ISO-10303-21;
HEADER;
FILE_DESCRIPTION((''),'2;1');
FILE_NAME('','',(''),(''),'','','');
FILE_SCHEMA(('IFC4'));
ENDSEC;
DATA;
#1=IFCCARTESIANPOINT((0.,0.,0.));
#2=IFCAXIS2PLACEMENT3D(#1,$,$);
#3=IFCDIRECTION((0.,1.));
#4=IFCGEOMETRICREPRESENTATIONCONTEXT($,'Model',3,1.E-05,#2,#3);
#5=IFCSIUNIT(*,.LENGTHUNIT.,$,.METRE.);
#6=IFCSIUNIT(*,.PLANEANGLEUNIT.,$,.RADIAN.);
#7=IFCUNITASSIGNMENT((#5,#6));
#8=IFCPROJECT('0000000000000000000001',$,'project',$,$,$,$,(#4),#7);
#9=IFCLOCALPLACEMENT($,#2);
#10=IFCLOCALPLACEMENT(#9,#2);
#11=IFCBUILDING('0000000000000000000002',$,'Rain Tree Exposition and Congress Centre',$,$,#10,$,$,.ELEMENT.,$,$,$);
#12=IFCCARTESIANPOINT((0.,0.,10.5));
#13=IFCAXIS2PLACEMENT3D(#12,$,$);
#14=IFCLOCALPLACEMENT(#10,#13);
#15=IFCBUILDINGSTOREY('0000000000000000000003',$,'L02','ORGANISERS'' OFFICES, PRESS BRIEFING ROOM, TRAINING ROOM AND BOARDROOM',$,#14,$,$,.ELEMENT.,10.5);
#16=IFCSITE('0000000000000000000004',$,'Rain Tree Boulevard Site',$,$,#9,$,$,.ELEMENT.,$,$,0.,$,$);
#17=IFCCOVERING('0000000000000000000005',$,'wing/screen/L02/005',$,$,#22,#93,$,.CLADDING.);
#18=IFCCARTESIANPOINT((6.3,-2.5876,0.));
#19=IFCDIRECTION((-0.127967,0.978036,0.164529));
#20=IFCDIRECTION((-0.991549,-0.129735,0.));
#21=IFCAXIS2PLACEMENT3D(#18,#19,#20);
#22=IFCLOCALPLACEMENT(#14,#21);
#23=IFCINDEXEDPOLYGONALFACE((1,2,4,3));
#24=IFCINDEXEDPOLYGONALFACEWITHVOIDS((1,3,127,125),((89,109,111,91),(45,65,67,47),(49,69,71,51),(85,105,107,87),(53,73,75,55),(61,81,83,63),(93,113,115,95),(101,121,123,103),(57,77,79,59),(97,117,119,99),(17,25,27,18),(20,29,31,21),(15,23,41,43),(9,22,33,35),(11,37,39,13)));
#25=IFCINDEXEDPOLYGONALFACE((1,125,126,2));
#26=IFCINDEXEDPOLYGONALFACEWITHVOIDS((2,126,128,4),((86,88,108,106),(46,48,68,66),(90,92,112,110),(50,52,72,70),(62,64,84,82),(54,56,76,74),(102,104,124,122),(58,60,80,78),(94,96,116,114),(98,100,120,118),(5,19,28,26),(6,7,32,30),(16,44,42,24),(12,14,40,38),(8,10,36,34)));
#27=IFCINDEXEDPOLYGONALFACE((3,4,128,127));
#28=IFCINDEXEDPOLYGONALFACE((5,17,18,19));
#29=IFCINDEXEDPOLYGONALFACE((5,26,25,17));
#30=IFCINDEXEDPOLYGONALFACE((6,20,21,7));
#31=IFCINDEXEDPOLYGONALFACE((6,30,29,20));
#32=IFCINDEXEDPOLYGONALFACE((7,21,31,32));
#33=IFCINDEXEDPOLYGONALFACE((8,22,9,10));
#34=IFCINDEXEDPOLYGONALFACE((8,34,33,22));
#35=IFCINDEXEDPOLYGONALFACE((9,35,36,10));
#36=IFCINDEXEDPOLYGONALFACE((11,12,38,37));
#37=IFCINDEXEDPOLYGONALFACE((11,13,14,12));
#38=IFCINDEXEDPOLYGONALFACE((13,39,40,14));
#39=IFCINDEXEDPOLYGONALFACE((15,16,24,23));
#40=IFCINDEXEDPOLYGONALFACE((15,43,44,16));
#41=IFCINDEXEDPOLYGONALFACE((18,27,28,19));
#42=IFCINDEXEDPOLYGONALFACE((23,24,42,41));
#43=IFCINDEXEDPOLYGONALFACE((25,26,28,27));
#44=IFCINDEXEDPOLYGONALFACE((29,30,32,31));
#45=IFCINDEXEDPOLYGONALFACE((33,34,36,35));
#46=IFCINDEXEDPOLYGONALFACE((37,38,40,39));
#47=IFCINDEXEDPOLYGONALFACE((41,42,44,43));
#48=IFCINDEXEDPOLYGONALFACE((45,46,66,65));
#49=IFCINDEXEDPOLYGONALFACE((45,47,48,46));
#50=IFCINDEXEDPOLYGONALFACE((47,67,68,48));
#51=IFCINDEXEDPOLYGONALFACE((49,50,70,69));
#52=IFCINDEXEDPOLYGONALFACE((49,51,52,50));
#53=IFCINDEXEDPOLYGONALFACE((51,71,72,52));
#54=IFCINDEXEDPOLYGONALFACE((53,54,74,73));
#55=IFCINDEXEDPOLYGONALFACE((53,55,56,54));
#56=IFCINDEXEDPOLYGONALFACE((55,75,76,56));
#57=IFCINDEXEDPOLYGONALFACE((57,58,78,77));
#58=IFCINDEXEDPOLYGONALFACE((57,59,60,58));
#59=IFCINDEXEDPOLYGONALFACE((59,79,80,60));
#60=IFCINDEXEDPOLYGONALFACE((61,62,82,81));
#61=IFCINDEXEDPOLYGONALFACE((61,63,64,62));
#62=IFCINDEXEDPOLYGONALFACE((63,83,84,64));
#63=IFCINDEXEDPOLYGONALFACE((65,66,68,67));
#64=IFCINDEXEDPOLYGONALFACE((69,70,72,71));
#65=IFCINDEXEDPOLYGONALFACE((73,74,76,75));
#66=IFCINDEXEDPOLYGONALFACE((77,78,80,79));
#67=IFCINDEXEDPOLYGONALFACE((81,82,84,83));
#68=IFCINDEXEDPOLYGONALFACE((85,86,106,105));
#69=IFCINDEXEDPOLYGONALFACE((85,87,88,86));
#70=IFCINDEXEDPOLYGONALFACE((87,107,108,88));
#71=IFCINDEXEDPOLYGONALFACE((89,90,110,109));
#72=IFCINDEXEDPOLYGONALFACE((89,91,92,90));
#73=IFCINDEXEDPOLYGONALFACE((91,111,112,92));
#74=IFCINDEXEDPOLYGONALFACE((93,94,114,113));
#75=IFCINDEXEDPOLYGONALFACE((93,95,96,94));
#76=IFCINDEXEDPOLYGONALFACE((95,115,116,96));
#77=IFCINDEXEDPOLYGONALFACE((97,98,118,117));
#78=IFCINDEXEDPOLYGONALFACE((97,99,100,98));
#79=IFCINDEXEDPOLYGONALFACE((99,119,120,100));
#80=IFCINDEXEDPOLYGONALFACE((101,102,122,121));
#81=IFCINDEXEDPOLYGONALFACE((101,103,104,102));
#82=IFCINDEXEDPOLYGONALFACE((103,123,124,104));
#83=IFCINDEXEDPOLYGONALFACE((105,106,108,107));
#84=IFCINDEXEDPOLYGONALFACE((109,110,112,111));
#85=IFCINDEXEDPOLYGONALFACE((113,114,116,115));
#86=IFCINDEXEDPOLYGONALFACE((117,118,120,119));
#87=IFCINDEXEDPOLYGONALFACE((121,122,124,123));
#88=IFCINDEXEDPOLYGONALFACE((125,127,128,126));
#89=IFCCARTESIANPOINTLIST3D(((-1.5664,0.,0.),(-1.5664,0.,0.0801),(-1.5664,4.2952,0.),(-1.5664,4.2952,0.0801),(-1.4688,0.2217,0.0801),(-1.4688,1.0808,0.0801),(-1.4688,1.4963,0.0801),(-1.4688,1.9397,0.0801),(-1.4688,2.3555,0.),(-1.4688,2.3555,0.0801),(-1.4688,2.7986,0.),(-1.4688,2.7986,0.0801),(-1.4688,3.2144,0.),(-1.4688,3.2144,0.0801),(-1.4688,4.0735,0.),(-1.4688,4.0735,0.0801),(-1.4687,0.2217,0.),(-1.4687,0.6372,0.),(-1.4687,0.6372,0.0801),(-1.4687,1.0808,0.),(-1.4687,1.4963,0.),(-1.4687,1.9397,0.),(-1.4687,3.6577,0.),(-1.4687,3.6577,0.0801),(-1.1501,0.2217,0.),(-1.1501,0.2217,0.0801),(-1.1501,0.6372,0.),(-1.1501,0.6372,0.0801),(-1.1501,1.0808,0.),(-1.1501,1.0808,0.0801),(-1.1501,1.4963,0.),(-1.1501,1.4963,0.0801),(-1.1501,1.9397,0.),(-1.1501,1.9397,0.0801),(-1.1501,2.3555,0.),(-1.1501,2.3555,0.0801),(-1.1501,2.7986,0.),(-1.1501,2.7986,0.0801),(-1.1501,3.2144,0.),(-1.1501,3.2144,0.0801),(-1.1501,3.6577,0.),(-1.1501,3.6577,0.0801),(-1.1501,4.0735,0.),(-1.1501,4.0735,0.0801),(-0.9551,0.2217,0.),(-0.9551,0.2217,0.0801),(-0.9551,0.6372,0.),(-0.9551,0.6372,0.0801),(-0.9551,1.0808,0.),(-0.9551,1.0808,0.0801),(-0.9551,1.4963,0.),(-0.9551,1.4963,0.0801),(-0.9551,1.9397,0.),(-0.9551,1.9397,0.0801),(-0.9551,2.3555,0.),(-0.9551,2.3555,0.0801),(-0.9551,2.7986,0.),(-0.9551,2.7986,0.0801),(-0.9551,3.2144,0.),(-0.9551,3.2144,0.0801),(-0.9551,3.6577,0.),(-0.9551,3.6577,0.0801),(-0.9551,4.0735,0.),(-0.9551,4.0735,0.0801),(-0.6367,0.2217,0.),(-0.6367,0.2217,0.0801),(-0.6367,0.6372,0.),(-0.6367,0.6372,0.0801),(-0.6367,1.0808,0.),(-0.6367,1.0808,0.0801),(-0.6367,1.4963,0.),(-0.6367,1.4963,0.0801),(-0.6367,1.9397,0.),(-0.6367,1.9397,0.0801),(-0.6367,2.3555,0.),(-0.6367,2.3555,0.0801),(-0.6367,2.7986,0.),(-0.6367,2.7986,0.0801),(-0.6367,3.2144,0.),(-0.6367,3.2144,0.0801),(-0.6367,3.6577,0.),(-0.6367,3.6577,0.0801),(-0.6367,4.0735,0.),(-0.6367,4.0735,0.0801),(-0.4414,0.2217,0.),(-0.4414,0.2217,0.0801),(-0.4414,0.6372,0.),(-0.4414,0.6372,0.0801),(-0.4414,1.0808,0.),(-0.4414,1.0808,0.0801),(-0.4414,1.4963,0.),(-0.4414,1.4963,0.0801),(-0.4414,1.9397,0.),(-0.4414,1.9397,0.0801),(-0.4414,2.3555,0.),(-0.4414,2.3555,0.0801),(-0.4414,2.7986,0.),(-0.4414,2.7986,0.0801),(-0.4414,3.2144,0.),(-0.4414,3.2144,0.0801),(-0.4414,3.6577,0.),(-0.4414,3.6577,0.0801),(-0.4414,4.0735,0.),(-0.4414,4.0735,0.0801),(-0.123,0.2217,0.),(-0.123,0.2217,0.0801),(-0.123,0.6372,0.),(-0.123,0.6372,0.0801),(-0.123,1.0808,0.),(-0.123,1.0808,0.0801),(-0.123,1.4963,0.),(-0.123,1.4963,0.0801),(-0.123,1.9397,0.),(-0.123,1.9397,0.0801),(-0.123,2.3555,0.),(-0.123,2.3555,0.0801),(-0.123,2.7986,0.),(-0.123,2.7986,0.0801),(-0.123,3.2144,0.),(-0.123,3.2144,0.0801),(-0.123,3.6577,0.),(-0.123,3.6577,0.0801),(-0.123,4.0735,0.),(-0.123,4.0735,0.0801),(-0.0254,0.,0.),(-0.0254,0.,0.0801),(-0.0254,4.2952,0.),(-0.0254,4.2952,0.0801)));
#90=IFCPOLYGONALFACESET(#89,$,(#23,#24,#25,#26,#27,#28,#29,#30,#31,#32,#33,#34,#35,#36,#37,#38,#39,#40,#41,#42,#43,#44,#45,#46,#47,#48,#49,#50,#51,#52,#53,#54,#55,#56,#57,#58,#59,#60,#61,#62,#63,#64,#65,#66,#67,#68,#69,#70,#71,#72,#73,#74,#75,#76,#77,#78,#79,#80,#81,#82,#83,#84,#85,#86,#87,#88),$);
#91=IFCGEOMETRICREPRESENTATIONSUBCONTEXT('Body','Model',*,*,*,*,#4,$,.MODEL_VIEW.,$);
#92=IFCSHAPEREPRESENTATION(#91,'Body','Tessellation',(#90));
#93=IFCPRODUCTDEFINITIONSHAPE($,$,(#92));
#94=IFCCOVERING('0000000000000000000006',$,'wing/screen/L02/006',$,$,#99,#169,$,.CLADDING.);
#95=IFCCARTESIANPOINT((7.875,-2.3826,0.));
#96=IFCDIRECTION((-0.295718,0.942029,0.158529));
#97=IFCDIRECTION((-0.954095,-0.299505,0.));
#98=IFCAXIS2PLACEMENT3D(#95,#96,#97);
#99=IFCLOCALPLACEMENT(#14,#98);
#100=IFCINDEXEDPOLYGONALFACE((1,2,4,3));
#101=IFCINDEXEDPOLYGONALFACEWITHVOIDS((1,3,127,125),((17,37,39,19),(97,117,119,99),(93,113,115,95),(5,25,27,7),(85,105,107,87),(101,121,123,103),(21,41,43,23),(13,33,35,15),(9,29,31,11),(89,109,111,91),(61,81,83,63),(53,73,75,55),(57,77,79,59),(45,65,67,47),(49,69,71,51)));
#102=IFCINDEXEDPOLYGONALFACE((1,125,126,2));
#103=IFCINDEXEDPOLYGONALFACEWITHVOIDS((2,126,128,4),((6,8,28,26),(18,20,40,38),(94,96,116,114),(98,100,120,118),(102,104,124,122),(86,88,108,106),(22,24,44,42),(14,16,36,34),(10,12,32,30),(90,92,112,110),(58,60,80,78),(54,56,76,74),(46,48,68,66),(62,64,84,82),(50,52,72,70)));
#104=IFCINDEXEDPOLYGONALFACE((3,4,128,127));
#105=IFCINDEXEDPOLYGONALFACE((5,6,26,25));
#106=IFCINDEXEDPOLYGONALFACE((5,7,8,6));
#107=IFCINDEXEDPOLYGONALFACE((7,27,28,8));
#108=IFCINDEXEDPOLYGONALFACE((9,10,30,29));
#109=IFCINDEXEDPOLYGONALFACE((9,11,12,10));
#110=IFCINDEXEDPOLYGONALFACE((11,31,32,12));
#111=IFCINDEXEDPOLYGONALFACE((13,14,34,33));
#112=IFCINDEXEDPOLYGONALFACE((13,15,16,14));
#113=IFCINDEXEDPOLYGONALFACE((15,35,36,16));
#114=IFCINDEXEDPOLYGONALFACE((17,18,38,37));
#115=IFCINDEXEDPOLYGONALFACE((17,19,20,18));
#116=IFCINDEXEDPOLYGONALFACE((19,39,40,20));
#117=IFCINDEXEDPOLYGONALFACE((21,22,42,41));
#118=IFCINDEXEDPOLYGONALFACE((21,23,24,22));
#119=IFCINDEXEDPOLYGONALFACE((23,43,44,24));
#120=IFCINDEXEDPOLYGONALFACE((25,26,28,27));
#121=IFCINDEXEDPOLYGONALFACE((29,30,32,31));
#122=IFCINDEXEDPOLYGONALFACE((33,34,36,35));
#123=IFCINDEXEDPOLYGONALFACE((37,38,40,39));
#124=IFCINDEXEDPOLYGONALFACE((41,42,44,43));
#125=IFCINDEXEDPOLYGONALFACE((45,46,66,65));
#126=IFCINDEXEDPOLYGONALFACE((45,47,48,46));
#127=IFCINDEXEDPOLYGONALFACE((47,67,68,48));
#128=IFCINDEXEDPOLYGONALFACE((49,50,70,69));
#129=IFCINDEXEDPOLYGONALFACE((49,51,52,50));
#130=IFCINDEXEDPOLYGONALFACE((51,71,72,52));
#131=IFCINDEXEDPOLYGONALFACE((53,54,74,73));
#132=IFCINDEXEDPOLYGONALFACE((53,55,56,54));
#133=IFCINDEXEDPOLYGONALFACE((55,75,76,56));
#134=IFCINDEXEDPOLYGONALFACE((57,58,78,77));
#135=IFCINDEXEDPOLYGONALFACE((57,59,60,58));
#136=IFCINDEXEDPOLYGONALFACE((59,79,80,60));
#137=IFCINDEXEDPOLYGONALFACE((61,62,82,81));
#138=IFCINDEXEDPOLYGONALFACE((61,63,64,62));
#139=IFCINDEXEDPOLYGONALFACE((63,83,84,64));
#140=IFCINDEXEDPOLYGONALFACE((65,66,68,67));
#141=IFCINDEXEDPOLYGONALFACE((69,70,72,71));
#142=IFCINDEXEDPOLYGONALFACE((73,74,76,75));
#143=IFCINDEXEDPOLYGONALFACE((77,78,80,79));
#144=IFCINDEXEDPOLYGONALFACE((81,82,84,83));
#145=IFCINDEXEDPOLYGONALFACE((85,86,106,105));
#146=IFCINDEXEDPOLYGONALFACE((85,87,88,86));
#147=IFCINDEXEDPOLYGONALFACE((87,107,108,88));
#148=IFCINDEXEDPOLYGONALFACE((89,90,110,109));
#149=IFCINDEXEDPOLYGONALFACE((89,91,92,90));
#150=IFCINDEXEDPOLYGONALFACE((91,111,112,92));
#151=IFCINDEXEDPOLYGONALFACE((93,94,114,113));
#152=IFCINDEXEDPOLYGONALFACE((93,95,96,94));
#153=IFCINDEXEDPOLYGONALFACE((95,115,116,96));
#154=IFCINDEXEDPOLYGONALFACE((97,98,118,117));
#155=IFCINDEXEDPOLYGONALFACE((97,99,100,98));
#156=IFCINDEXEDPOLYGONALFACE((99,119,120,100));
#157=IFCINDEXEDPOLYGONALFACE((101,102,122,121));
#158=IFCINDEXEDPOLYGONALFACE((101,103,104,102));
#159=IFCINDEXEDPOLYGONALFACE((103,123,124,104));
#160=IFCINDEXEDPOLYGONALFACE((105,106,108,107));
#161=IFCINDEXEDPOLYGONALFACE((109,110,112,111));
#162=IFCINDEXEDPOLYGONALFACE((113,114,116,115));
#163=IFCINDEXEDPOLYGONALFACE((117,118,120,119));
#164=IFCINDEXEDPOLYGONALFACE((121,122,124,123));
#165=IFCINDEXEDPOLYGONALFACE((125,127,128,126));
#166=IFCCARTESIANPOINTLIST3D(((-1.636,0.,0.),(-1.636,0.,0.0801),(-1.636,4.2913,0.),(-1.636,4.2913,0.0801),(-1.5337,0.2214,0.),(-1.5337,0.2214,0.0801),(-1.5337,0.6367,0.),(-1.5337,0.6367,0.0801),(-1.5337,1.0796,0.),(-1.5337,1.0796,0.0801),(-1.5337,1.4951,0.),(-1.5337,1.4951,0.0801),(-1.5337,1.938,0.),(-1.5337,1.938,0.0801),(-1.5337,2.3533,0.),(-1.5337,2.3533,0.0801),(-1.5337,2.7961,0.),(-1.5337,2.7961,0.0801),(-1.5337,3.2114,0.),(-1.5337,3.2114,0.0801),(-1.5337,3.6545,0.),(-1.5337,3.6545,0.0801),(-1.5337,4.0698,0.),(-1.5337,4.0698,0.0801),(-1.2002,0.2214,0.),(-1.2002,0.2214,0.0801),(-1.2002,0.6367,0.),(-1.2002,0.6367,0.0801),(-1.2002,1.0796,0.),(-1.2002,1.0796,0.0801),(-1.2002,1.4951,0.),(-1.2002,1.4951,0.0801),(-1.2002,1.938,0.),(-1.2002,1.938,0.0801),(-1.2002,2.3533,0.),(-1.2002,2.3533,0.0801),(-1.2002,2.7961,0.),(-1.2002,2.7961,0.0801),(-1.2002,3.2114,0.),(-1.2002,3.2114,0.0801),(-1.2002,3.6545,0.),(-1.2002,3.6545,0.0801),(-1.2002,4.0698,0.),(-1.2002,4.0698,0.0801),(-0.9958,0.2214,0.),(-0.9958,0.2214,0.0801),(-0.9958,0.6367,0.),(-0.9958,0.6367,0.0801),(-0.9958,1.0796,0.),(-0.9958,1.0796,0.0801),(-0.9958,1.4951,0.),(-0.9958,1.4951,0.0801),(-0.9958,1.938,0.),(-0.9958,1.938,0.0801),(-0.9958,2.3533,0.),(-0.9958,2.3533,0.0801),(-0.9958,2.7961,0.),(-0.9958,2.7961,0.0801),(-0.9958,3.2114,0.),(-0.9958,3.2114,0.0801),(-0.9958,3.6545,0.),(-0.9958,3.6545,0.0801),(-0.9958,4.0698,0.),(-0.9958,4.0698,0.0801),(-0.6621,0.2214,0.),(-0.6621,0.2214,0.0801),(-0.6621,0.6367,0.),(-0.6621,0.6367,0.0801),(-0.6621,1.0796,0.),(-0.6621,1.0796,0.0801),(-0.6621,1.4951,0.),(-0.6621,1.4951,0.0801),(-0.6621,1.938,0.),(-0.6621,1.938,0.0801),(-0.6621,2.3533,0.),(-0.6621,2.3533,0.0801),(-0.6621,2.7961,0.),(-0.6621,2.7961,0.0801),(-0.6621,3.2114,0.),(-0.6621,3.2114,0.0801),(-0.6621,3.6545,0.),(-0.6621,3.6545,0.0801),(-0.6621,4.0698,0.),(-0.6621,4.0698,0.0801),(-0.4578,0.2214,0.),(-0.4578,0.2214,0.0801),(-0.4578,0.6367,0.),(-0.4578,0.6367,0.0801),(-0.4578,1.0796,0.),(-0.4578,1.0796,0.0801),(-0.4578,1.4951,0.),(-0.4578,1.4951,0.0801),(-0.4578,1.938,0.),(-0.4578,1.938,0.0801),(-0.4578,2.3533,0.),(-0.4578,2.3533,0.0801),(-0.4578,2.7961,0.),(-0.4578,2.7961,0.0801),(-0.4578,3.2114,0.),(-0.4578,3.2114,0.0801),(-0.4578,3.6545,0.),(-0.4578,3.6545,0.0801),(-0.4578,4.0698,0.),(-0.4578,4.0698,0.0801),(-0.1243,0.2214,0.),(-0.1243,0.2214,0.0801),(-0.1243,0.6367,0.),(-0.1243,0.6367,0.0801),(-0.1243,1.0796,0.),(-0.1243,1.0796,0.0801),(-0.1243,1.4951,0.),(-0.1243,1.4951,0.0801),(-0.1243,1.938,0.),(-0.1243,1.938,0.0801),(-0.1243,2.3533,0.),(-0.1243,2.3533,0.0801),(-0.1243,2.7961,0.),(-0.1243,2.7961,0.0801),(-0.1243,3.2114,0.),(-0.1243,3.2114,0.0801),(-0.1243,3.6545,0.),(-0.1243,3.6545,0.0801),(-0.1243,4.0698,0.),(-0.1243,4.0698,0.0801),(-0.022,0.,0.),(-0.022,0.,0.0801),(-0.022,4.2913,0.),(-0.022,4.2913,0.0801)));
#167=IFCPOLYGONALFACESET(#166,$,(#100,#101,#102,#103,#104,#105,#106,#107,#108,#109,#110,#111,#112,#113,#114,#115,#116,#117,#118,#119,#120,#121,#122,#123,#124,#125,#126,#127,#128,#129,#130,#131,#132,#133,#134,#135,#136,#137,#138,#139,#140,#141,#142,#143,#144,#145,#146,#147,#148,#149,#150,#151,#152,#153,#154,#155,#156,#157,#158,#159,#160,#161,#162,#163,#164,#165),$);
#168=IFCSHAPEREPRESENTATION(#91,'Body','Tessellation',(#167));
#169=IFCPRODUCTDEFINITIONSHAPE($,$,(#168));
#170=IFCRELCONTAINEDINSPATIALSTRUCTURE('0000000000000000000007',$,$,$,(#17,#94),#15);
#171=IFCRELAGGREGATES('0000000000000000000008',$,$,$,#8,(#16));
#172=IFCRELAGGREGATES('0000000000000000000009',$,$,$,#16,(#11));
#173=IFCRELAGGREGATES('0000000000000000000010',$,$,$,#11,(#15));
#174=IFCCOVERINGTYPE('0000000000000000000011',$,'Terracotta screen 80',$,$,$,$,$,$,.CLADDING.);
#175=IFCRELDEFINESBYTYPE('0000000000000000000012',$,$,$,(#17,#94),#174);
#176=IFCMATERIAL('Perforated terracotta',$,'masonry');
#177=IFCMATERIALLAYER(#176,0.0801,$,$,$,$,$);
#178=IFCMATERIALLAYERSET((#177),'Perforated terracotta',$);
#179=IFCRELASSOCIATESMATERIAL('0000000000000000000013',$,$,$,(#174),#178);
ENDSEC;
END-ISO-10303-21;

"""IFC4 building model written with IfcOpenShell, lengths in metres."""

from ifc_helpers import new_model, si_unit, direction, frame, origin, place, context, subcontext, project, spatial, polyline, outline, extrude, material, layer, layer_set, type_object, element, save


model = new_model("IFC4")

# Units and contexts
model_context = context("Model", 3, precision=1e-05, world=origin(), true_north=direction((0.0, 1.0)))
body_context = subcontext(model_context, "Body", "Model", "MODEL_VIEW")
ifc_project = project(units=[si_unit("LENGTHUNIT", "METRE"), si_unit("PLANEANGLEUNIT", "RADIAN")], contexts=[model_context])

# Site, building, storey
site_placement = place(None, origin())
site = spatial("IfcSite", under=ifc_project, at=site_placement, Name="Rain Tree Boulevard Site", CompositionType="ELEMENT", RefElevation=0.0)
building_placement = place(site_placement, origin())
building = spatial("IfcBuilding", under=site, at=building_placement, Name="Rain Tree Exposition and Congress Centre", CompositionType="ELEMENT")
storey_placement = place(building_placement, frame((0.0, 0.0, 10.5)))
storey = spatial("IfcBuildingStorey", under=building, at=storey_placement, Name="L02", Description="ORGANISERS' OFFICES, PRESS BRIEFING ROOM, TRAINING ROOM AND BOARDROOM", CompositionType="ELEMENT", Elevation=10.5)

# Coverings
ifc_material_1 = material(Name="Perforated terracotta", Category="masonry")
ifc_layer_1 = layer(ifc_material_1, 0.0801)
ifc_layer_set_1 = layer_set([ifc_layer_1], Name="Perforated terracotta")
covering_type = type_object("IfcCoveringType", Name="Terracotta screen 80", PredefinedType="CLADDING", material=ifc_layer_set_1)
covering_1_placement = place(storey_placement, frame((6.3, -2.5876, 0.0), z_axis=(-0.127967, 0.978036, 0.164529), x_axis=(-0.991549, -0.129735, 0.0)))
element("IfcCovering", 1, at=covering_1_placement, inside=storey, type_object=covering_type, Name="wing/screen/L02/005", PredefinedType="CLADDING", context=body_context, shape_type="SweptSolid", body=[
    extrude(outline(polyline([(-1.5664, 0.0), (-1.5664, 4.2952), (-0.0254, 4.2952), (-0.0254, 0.0), (-1.5664, 0.0)]), holes=[polyline([(-0.123, 0.2217), (-0.123, 0.6372), (-0.4414, 0.6372), (-0.4414, 0.2217), (-0.123, 0.2217)]), polyline([(-0.123, 1.0808), (-0.123, 1.4963), (-0.4414, 1.4963), (-0.4414, 1.0808), (-0.123, 1.0808)]), polyline([(-0.123, 1.9397), (-0.123, 2.3555), (-0.4414, 2.3555), (-0.4414, 1.9397), (-0.123, 1.9397)]), polyline([(-0.123, 2.7986), (-0.123, 3.2144), (-0.4414, 3.2144), (-0.4414, 2.7986), (-0.123, 2.7986)]), polyline([(-0.123, 3.6577), (-0.123, 4.0735), (-0.4414, 4.0735), (-0.4414, 3.6577), (-0.123, 3.6577)]), polyline([(-0.6367, 0.2217), (-0.6367, 0.6372), (-0.9551, 0.6372), (-0.9551, 0.2217), (-0.6367, 0.2217)]), polyline([(-0.6367, 1.0808), (-0.6367, 1.4963), (-0.9551, 1.4963), (-0.9551, 1.0808), (-0.6367, 1.0808)]), polyline([(-0.6367, 1.9397), (-0.6367, 2.3555), (-0.9551, 2.3555), (-0.9551, 1.9397), (-0.6367, 1.9397)]), polyline([(-0.6367, 2.7986), (-0.6367, 3.2144), (-0.9551, 3.2144), (-0.9551, 2.7986), (-0.6367, 2.7986)]), polyline([(-0.6367, 3.6577), (-0.6367, 4.0735), (-0.9551, 4.0735), (-0.9551, 3.6577), (-0.6367, 3.6577)]), polyline([(-1.1501, 0.2217), (-1.1501, 0.6372), (-1.4688, 0.6372), (-1.4688, 0.2217), (-1.1501, 0.2217)]), polyline([(-1.1501, 1.0808), (-1.1501, 1.4963), (-1.4688, 1.4963), (-1.4688, 1.0808), (-1.1501, 1.0808)]), polyline([(-1.1501, 1.9397), (-1.1501, 2.3555), (-1.4688, 2.3555), (-1.4688, 1.9397), (-1.1501, 1.9397)]), polyline([(-1.1501, 2.7986), (-1.1501, 3.2144), (-1.4688, 3.2144), (-1.4688, 2.7986), (-1.1501, 2.7986)]), polyline([(-1.1501, 3.6577), (-1.1501, 4.0735), (-1.4688, 4.0735), (-1.4688, 3.6577), (-1.1501, 3.6577)])]), origin(), (0.0, 0.0, 1.0), 0.0801),
])
covering_2_placement = place(storey_placement, frame((7.875, -2.3826, 0.0), z_axis=(-0.295718, 0.942029, 0.158529), x_axis=(-0.954095, -0.299505, 0.0)))
element("IfcCovering", 2, at=covering_2_placement, inside=storey, type_object=covering_type, Name="wing/screen/L02/006", PredefinedType="CLADDING", context=body_context, shape_type="SweptSolid", body=[
    extrude(outline(polyline([(-1.636, 0.0), (-1.636, 4.2913), (-0.022, 4.2913), (-0.022, 0.0), (-1.636, 0.0)]), holes=[polyline([(-0.1243, 0.2214), (-0.1243, 0.6367), (-0.4578, 0.6367), (-0.4578, 0.2214), (-0.1243, 0.2214)]), polyline([(-0.1243, 1.0796), (-0.1243, 1.4951), (-0.4578, 1.4951), (-0.4578, 1.0796), (-0.1243, 1.0796)]), polyline([(-0.1243, 1.938), (-0.1243, 2.3533), (-0.4578, 2.3533), (-0.4578, 1.938), (-0.1243, 1.938)]), polyline([(-0.1243, 2.7961), (-0.1243, 3.2114), (-0.4578, 3.2114), (-0.4578, 2.7961), (-0.1243, 2.7961)]), polyline([(-0.1243, 3.6545), (-0.1243, 4.0698), (-0.4578, 4.0698), (-0.4578, 3.6545), (-0.1243, 3.6545)]), polyline([(-0.6621, 0.2214), (-0.6621, 0.6367), (-0.9958, 0.6367), (-0.9958, 0.2214), (-0.6621, 0.2214)]), polyline([(-0.6621, 1.0796), (-0.6621, 1.4951), (-0.9958, 1.4951), (-0.9958, 1.0796), (-0.6621, 1.0796)]), polyline([(-0.6621, 1.938), (-0.6621, 2.3533), (-0.9958, 2.3533), (-0.9958, 1.938), (-0.6621, 1.938)]), polyline([(-0.6621, 2.7961), (-0.6621, 3.2114), (-0.9958, 3.2114), (-0.9958, 2.7961), (-0.6621, 2.7961)]), polyline([(-0.6621, 3.6545), (-0.6621, 4.0698), (-0.9958, 4.0698), (-0.9958, 3.6545), (-0.6621, 3.6545)]), polyline([(-1.2002, 0.2214), (-1.2002, 0.6367), (-1.5337, 0.6367), (-1.5337, 0.2214), (-1.2002, 0.2214)]), polyline([(-1.2002, 1.0796), (-1.2002, 1.4951), (-1.5337, 1.4951), (-1.5337, 1.0796), (-1.2002, 1.0796)]), polyline([(-1.2002, 1.938), (-1.2002, 2.3533), (-1.5337, 2.3533), (-1.5337, 1.938), (-1.2002, 1.938)]), polyline([(-1.2002, 2.7961), (-1.2002, 3.2114), (-1.5337, 3.2114), (-1.5337, 2.7961), (-1.2002, 2.7961)]), polyline([(-1.2002, 3.6545), (-1.2002, 4.0698), (-1.5337, 4.0698), (-1.5337, 3.6545), (-1.2002, 3.6545)])]), origin(), (0.0, 0.0, 1.0), 0.0801),
])

save(model, "model.ifc")
